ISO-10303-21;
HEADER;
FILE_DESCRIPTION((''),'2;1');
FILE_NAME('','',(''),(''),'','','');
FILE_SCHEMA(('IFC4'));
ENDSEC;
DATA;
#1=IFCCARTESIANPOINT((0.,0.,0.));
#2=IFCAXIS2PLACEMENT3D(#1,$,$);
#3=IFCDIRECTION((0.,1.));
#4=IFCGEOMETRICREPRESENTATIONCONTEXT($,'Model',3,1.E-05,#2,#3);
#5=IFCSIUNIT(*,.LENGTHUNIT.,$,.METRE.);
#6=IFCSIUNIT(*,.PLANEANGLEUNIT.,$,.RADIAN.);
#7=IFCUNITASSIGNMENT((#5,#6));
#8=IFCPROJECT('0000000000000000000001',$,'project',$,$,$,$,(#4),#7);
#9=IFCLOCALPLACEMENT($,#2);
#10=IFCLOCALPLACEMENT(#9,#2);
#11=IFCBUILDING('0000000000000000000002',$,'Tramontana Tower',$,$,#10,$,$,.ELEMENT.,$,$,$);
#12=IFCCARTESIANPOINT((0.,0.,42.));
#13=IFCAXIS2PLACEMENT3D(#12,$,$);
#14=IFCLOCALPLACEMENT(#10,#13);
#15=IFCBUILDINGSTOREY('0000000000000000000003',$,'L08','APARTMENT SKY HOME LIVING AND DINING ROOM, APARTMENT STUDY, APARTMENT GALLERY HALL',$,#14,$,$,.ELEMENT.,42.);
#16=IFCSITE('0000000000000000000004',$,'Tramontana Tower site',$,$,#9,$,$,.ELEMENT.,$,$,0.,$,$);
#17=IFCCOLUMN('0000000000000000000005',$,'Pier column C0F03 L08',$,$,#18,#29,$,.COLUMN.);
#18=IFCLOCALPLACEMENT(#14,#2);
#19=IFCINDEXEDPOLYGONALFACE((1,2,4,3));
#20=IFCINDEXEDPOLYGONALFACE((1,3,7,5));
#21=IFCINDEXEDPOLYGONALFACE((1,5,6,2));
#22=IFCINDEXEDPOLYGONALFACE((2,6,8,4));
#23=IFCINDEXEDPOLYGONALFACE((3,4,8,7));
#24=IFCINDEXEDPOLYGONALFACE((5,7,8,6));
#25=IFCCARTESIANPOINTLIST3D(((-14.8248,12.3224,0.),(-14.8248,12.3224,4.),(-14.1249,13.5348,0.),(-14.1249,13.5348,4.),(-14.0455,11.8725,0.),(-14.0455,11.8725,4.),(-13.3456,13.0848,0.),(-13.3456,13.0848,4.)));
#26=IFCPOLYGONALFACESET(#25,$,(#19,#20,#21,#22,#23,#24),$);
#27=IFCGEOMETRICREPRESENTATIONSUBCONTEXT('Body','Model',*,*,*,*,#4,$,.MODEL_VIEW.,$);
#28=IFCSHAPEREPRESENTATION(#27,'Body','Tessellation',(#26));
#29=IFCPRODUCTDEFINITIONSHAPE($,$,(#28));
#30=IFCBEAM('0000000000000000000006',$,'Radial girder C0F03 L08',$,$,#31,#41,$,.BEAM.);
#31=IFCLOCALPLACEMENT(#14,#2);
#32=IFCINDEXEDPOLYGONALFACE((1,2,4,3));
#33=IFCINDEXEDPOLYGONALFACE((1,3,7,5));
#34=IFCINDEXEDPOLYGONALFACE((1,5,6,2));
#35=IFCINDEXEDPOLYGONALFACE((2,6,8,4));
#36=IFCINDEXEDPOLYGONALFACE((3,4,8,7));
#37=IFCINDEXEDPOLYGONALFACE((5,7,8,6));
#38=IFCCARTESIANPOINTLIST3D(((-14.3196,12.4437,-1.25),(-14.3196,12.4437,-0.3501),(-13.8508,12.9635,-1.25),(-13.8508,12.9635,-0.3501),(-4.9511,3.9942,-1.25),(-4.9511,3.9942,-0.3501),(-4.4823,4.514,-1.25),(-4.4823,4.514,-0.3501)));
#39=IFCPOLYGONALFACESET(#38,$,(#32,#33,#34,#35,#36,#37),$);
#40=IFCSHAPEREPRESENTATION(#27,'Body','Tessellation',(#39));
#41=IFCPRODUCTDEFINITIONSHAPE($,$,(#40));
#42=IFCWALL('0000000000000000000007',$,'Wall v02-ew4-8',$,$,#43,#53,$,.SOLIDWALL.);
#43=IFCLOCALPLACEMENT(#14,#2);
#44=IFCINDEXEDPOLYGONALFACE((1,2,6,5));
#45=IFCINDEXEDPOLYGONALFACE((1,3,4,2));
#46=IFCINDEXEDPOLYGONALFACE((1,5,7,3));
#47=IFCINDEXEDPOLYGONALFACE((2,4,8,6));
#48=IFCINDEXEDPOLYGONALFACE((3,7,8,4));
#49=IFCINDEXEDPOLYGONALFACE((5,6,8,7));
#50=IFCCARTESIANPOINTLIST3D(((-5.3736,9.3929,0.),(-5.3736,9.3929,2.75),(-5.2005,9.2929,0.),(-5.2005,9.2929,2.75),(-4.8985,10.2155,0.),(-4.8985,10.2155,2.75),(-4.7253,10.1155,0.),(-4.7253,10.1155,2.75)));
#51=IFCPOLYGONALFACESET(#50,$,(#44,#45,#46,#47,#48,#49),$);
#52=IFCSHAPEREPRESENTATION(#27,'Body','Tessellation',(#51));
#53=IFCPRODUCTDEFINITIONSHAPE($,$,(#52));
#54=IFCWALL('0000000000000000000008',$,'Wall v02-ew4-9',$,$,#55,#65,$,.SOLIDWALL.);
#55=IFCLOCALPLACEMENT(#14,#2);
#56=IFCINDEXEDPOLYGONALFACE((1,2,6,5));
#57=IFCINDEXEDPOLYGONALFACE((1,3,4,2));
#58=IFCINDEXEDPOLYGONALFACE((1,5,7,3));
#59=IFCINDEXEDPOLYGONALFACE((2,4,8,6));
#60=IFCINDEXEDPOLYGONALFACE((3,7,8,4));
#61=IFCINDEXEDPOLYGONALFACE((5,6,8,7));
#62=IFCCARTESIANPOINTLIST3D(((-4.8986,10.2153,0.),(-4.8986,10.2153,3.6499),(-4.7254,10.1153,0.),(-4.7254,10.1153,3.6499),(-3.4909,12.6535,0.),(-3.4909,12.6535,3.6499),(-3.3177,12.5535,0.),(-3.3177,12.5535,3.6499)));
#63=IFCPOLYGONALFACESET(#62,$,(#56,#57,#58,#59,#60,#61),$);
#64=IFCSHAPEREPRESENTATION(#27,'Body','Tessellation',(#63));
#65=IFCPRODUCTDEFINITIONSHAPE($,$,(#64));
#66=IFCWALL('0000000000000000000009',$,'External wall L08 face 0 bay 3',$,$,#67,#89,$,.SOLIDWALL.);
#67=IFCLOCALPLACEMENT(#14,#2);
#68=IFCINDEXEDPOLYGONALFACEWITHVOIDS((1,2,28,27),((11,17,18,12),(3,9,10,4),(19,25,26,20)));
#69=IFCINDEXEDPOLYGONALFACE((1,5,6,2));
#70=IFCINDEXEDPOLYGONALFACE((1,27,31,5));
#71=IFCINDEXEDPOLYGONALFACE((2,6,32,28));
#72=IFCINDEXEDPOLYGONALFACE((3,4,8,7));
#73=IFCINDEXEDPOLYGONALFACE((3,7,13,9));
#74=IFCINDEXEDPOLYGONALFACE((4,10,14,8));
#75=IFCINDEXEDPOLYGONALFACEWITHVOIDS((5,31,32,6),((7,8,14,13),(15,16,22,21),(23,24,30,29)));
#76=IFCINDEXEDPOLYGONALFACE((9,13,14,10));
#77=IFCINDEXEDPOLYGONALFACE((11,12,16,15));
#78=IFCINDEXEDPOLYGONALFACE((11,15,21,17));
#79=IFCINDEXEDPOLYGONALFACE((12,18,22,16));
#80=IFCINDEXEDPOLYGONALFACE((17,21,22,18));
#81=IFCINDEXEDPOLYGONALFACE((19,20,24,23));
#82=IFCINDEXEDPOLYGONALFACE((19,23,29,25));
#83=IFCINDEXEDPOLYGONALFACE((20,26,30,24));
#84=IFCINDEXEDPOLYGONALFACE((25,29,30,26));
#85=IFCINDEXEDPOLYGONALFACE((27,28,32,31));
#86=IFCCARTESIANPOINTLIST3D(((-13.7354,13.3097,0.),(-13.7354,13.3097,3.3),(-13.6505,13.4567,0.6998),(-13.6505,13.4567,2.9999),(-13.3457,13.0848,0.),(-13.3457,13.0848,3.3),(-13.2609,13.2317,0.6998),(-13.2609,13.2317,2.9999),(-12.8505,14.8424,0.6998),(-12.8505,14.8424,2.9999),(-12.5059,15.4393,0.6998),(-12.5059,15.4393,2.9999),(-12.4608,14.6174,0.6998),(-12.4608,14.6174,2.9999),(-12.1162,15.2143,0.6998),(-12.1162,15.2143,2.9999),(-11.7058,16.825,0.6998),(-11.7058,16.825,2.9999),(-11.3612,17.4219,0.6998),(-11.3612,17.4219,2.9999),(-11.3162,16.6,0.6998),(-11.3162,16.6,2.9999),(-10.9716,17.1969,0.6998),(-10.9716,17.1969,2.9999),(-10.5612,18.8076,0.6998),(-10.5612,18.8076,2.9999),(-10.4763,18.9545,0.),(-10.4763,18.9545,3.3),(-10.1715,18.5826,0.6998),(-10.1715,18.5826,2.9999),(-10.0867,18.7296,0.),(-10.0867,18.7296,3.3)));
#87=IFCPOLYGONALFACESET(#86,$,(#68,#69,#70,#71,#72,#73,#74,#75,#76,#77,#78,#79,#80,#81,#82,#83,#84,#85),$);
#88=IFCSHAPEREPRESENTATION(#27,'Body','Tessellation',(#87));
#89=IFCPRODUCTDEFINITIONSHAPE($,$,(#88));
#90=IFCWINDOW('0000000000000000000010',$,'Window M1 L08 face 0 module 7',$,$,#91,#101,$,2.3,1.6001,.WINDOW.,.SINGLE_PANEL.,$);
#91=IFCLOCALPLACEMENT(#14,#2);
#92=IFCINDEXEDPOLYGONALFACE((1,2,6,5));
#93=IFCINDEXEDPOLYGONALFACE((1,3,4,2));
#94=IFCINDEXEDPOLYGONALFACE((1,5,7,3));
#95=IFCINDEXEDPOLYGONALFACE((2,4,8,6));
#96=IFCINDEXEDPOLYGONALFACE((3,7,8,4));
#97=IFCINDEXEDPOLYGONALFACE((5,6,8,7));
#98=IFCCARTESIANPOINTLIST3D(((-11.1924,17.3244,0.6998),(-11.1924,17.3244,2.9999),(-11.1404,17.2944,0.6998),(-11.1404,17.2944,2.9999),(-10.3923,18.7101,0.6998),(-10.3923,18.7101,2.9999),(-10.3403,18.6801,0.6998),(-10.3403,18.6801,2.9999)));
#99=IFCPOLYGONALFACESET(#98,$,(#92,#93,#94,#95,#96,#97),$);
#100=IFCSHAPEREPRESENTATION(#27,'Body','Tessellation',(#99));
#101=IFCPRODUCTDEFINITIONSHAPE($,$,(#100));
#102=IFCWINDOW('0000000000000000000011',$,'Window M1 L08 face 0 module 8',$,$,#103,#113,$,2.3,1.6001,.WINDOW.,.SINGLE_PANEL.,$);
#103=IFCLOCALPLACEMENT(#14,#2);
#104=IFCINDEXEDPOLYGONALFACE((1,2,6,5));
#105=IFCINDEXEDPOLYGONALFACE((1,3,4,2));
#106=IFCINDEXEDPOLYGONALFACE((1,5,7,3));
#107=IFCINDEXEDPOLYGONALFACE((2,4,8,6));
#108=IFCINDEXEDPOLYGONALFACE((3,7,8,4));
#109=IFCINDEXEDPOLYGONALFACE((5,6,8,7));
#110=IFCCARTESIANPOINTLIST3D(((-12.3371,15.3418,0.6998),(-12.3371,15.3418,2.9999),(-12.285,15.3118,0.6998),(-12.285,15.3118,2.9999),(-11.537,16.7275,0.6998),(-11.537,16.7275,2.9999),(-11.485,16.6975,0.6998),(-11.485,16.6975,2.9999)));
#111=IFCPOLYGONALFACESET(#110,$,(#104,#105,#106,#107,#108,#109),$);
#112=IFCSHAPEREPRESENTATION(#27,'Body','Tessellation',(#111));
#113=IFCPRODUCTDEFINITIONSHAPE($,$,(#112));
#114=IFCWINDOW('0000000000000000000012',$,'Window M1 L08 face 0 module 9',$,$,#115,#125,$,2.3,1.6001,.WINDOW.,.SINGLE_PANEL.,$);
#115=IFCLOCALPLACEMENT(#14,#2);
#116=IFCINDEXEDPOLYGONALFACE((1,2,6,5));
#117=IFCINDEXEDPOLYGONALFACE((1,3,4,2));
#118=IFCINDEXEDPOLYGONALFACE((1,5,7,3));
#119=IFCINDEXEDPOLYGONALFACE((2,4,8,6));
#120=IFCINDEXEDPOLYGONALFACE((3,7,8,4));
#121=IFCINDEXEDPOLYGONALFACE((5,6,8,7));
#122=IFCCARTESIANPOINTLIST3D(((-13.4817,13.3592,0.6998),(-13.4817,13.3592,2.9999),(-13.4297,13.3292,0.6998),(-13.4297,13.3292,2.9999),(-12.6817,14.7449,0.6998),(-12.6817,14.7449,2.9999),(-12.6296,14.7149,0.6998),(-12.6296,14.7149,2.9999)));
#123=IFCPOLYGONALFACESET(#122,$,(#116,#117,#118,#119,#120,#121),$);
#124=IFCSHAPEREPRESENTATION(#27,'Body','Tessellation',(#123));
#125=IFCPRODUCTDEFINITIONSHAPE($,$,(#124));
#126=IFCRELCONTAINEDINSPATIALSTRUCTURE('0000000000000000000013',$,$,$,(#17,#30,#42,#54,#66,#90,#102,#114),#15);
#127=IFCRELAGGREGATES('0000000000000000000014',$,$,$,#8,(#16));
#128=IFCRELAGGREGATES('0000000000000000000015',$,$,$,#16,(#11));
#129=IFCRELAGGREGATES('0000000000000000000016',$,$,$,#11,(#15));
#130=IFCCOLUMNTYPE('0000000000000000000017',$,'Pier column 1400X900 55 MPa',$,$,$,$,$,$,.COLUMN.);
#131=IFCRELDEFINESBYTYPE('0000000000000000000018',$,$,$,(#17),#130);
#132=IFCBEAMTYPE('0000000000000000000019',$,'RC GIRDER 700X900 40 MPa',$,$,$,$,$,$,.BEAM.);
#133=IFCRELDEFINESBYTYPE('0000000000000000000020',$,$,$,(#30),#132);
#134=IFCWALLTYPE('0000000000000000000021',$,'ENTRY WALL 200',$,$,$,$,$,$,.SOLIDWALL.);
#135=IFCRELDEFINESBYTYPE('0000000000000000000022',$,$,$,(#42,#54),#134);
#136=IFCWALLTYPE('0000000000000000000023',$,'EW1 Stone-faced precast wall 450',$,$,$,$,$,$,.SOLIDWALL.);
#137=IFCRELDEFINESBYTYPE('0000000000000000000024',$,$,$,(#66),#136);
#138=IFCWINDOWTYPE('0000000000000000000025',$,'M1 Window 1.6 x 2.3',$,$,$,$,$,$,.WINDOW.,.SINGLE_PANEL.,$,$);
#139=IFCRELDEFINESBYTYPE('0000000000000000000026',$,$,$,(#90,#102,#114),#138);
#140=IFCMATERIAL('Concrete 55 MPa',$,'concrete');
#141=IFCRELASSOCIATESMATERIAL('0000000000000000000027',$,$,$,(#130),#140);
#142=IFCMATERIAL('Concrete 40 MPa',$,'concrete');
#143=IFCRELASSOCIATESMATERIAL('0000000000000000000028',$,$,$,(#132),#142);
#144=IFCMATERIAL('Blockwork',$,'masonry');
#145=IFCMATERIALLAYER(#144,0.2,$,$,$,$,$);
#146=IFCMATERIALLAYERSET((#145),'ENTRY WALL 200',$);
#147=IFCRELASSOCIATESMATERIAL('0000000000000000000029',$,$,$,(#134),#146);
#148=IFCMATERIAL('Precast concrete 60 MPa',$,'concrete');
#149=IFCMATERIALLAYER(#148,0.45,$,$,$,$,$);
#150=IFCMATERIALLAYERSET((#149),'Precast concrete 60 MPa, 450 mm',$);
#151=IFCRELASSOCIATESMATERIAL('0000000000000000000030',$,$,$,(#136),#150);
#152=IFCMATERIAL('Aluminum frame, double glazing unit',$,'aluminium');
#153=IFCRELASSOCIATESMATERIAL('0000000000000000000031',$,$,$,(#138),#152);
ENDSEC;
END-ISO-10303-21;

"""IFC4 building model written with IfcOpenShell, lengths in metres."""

from ifc_helpers import new_model, si_unit, direction, frame, frame_2d, origin, origin_2d, place, context, subcontext, project, spatial, rectangle, extrude, material, layer, layer_set, material_profile, profile_set, type_object, element, fill, save


model = new_model("IFC4")

# Units and contexts
model_context = context("Model", 3, precision=1e-05, world=origin(), true_north=direction((0.0, 1.0)))
body_context = subcontext(model_context, "Body", "Model", "MODEL_VIEW")
ifc_project = project(units=[si_unit("LENGTHUNIT", "METRE"), si_unit("PLANEANGLEUNIT", "RADIAN")], contexts=[model_context])

# Site, building, storey
site_placement = place(None, origin())
site = spatial("IfcSite", under=ifc_project, at=site_placement, Name="Tramontana Tower site", CompositionType="ELEMENT", RefElevation=0.0)
building_placement = place(site_placement, origin())
building = spatial("IfcBuilding", under=site, at=building_placement, Name="Tramontana Tower", CompositionType="ELEMENT")
storey_placement = place(building_placement, frame((0.0, 0.0, 42.0)))
storey = spatial("IfcBuildingStorey", under=building, at=storey_placement, Name="L08", Description="APARTMENT SKY HOME LIVING AND DINING ROOM, APARTMENT STUDY, APARTMENT GALLERY HALL", CompositionType="ELEMENT", Elevation=42.0)

# Column
ifc_material_1 = material(Name="Concrete 55 MPa", Category="concrete")
ifc_material_profile_1 = material_profile(ifc_material_1, rectangle(XDim=1.3999, YDim=0.8999, at=origin_2d()), Name="Pier column 1400X900 55 MPa")
ifc_profile_set_1 = profile_set([ifc_material_profile_1], Name="Concrete 55 MPa")
column_type = type_object("IfcColumnType", Name="Pier column 1400X900 55 MPa", PredefinedType="COLUMN", material=ifc_profile_set_1)
column_placement = place(storey_placement, frame((-14.0852, 12.7036, 0.0), z_axis=(0.0, 0.0, 1.0), x_axis=(-0.5, -0.866025, 0.0)))
element("IfcColumn", 1, at=column_placement, inside=storey, type_object=column_type, Name="Pier column C0F03 L08", PredefinedType="COLUMN", context=body_context, shape_type="SweptSolid", body=[
    extrude(rectangle(XDim=1.3999, YDim=0.8999, at=origin_2d()), origin(), (0.0, 0.0, 1.0), 4.0),
])

# Beam
ifc_material_2 = material(Name="Concrete 40 MPa", Category="concrete")
ifc_material_profile_2 = material_profile(ifc_material_2, rectangle(XDim=0.7, YDim=0.8999, at=origin_2d()), Name="RC GIRDER 700X900 40 MPa")
ifc_profile_set_2 = profile_set([ifc_material_profile_2], Name="Concrete 40 MPa")
beam_type = type_object("IfcBeamType", Name="RC GIRDER 700X900 40 MPa", PredefinedType="BEAM", material=ifc_profile_set_2)
beam_placement = place(storey_placement, frame((-14.0852, 12.7036, -0.8), z_axis=(0.742588, -0.669748, 0.0), x_axis=(0.669748, 0.742588, 0.0)))
element("IfcBeam", 2, at=beam_placement, inside=storey, type_object=beam_type, Name="Radial girder C0F03 L08", PredefinedType="BEAM", context=body_context, shape_type="SweptSolid", body=[
    extrude(rectangle(XDim=0.7, YDim=0.8999, at=origin_2d()), origin(), (0.0, 0.0, 1.0), 12.616),
])

# Walls
ifc_material_3 = material(Name="Blockwork", Category="masonry")
ifc_layer_1 = layer(ifc_material_3, 0.2)
ifc_layer_set_1 = layer_set([ifc_layer_1], Name="ENTRY WALL 200")
wall_type_1 = type_object("IfcWallType", Name="ENTRY WALL 200", PredefinedType="SOLIDWALL", material=ifc_layer_set_1)
wall_1_placement = place(storey_placement, frame((-5.2871, 9.3428, 0.0), z_axis=(0.0, 0.0, 1.0), x_axis=(0.500175, 0.865924, 0.0)))
element("IfcWall", 3, at=wall_1_placement, inside=storey, type_object=wall_type_1, Name="Wall v02-ew4-8", PredefinedType="SOLIDWALL", context=body_context, shape_type="SweptSolid", body=[
    extrude(rectangle(XDim=0.95, YDim=0.2, at=frame_2d((0.4751, 0.0))), origin(), (0.0, 0.0, 1.0), 2.75),
])
wall_2_placement = place(storey_placement, frame((-4.812, 10.1653, 0.0), z_axis=(0.0, 0.0, 1.0), x_axis=(0.5, 0.866025, 0.0)))
element("IfcWall", 4, at=wall_2_placement, inside=storey, type_object=wall_type_1, Name="Wall v02-ew4-9", PredefinedType="SOLIDWALL", context=body_context, shape_type="SweptSolid", body=[
    extrude(rectangle(XDim=2.8154, YDim=0.2, at=frame_2d((1.4077, 0.0))), origin(), (0.0, 0.0, 1.0), 3.6499),
])

# Wall, openings, windows
ifc_material_4 = material(Name="Precast concrete 60 MPa", Category="concrete")
ifc_layer_2 = layer(ifc_material_4, 0.45)
ifc_layer_set_2 = layer_set([ifc_layer_2], Name="Precast concrete 60 MPa, 450 mm")
wall_type_2 = type_object("IfcWallType", Name="EW1 Stone-faced precast wall 450", PredefinedType="SOLIDWALL", material=ifc_layer_set_2)
wall_3_placement = place(storey_placement, frame((-10.2815, 18.842, 0.0), z_axis=(0.0, 0.0, 1.0), x_axis=(-0.500002, -0.866024, 0.0)))
wall_3 = element("IfcWall", 5, at=wall_3_placement, inside=storey, type_object=wall_type_2, Name="External wall L08 face 0 bay 3", PredefinedType="SOLIDWALL", context=body_context, shape_type="SweptSolid", body=[
    extrude(rectangle(XDim=6.5181, YDim=0.45, at=frame_2d((3.259, 0.0))), origin(), (0.0, 0.0, 1.0), 3.3),
])
opening_1_placement = place(wall_3_placement, frame((0.1697, 0.0, 0.7)))
opening_1 = element("IfcOpeningElement", 6, at=opening_1_placement, cuts=wall_3, PredefinedType="OPENING", context=body_context, shape_type="SweptSolid", body=[
    extrude(rectangle(XDim=1.6001, YDim=2.3, at=frame_2d((0.8, 1.1499))), frame((0.0, 0.2349, 0.0), z_axis=(0.0, -1.0, 0.0), x_axis=(1.0, 0.0, 0.0)), (0.0, 0.0, 1.0), 0.47),
])
opening_2_placement = place(wall_3_placement, frame((2.459, 0.0, 0.7)))
opening_2 = element("IfcOpeningElement", 7, at=opening_2_placement, cuts=wall_3, PredefinedType="OPENING", context=body_context, shape_type="SweptSolid", body=[
    extrude(rectangle(XDim=1.6001, YDim=2.3, at=frame_2d((0.8, 1.1499))), frame((0.0, 0.2349, 0.0), z_axis=(0.0, -1.0, 0.0), x_axis=(1.0, 0.0, 0.0)), (0.0, 0.0, 1.0), 0.47),
])
opening_3_placement = place(wall_3_placement, frame((4.7483, 0.0, 0.7)))
opening_3 = element("IfcOpeningElement", 8, at=opening_3_placement, cuts=wall_3, PredefinedType="OPENING", context=body_context, shape_type="SweptSolid", body=[
    extrude(rectangle(XDim=1.6001, YDim=2.3, at=frame_2d((0.8, 1.1499))), frame((0.0, 0.2349, 0.0), z_axis=(0.0, -1.0, 0.0), x_axis=(1.0, 0.0, 0.0)), (0.0, 0.0, 1.0), 0.47),
])
ifc_material_5 = material(Name="Aluminum frame, double glazing unit", Category="aluminium")
window_type = type_object("IfcWindowType", Name="M1 Window 1.6 x 2.3", PartitioningType="SINGLE_PANEL", PredefinedType="WINDOW", material=ifc_material_5)
window_1_placement = place(opening_1_placement, origin())
window_1 = element("IfcWindow", 9, at=window_1_placement, inside=storey, type_object=window_type, Name="Window M1 L08 face 0 module 7", OverallHeight=2.3, OverallWidth=1.6001, PartitioningType="SINGLE_PANEL", PredefinedType="WINDOW", context=body_context, shape_type="SweptSolid", body=[
    extrude(rectangle(XDim=1.6001, YDim=2.3, at=frame_2d((0.8, 1.1499))), frame((0.0, 0.03, 0.0), z_axis=(0.0, -1.0, 0.0), x_axis=(1.0, 0.0, 0.0)), (0.0, 0.0, 1.0), 0.0601),
])
fill(opening_1, window_1)
window_2_placement = place(opening_2_placement, origin())
window_2 = element("IfcWindow", 10, at=window_2_placement, inside=storey, type_object=window_type, Name="Window M1 L08 face 0 module 8", OverallHeight=2.3, OverallWidth=1.6001, PartitioningType="SINGLE_PANEL", PredefinedType="WINDOW", context=body_context, shape_type="SweptSolid", body=[
    extrude(rectangle(XDim=1.6001, YDim=2.3, at=frame_2d((0.8, 1.1499))), frame((0.0, 0.03, 0.0), z_axis=(0.0, -1.0, 0.0), x_axis=(1.0, 0.0, 0.0)), (0.0, 0.0, 1.0), 0.0601),
])
fill(opening_2, window_2)
window_3_placement = place(opening_3_placement, origin())
window_3 = element("IfcWindow", 11, at=window_3_placement, inside=storey, type_object=window_type, Name="Window M1 L08 face 0 module 9", OverallHeight=2.3, OverallWidth=1.6001, PartitioningType="SINGLE_PANEL", PredefinedType="WINDOW", context=body_context, shape_type="SweptSolid", body=[
    extrude(rectangle(XDim=1.6001, YDim=2.3, at=frame_2d((0.8, 1.1499))), frame((0.0, 0.03, 0.0), z_axis=(0.0, -1.0, 0.0), x_axis=(1.0, 0.0, 0.0)), (0.0, 0.0, 1.0), 0.0601),
])
fill(opening_3, window_3)

save(model, "model.ifc")
